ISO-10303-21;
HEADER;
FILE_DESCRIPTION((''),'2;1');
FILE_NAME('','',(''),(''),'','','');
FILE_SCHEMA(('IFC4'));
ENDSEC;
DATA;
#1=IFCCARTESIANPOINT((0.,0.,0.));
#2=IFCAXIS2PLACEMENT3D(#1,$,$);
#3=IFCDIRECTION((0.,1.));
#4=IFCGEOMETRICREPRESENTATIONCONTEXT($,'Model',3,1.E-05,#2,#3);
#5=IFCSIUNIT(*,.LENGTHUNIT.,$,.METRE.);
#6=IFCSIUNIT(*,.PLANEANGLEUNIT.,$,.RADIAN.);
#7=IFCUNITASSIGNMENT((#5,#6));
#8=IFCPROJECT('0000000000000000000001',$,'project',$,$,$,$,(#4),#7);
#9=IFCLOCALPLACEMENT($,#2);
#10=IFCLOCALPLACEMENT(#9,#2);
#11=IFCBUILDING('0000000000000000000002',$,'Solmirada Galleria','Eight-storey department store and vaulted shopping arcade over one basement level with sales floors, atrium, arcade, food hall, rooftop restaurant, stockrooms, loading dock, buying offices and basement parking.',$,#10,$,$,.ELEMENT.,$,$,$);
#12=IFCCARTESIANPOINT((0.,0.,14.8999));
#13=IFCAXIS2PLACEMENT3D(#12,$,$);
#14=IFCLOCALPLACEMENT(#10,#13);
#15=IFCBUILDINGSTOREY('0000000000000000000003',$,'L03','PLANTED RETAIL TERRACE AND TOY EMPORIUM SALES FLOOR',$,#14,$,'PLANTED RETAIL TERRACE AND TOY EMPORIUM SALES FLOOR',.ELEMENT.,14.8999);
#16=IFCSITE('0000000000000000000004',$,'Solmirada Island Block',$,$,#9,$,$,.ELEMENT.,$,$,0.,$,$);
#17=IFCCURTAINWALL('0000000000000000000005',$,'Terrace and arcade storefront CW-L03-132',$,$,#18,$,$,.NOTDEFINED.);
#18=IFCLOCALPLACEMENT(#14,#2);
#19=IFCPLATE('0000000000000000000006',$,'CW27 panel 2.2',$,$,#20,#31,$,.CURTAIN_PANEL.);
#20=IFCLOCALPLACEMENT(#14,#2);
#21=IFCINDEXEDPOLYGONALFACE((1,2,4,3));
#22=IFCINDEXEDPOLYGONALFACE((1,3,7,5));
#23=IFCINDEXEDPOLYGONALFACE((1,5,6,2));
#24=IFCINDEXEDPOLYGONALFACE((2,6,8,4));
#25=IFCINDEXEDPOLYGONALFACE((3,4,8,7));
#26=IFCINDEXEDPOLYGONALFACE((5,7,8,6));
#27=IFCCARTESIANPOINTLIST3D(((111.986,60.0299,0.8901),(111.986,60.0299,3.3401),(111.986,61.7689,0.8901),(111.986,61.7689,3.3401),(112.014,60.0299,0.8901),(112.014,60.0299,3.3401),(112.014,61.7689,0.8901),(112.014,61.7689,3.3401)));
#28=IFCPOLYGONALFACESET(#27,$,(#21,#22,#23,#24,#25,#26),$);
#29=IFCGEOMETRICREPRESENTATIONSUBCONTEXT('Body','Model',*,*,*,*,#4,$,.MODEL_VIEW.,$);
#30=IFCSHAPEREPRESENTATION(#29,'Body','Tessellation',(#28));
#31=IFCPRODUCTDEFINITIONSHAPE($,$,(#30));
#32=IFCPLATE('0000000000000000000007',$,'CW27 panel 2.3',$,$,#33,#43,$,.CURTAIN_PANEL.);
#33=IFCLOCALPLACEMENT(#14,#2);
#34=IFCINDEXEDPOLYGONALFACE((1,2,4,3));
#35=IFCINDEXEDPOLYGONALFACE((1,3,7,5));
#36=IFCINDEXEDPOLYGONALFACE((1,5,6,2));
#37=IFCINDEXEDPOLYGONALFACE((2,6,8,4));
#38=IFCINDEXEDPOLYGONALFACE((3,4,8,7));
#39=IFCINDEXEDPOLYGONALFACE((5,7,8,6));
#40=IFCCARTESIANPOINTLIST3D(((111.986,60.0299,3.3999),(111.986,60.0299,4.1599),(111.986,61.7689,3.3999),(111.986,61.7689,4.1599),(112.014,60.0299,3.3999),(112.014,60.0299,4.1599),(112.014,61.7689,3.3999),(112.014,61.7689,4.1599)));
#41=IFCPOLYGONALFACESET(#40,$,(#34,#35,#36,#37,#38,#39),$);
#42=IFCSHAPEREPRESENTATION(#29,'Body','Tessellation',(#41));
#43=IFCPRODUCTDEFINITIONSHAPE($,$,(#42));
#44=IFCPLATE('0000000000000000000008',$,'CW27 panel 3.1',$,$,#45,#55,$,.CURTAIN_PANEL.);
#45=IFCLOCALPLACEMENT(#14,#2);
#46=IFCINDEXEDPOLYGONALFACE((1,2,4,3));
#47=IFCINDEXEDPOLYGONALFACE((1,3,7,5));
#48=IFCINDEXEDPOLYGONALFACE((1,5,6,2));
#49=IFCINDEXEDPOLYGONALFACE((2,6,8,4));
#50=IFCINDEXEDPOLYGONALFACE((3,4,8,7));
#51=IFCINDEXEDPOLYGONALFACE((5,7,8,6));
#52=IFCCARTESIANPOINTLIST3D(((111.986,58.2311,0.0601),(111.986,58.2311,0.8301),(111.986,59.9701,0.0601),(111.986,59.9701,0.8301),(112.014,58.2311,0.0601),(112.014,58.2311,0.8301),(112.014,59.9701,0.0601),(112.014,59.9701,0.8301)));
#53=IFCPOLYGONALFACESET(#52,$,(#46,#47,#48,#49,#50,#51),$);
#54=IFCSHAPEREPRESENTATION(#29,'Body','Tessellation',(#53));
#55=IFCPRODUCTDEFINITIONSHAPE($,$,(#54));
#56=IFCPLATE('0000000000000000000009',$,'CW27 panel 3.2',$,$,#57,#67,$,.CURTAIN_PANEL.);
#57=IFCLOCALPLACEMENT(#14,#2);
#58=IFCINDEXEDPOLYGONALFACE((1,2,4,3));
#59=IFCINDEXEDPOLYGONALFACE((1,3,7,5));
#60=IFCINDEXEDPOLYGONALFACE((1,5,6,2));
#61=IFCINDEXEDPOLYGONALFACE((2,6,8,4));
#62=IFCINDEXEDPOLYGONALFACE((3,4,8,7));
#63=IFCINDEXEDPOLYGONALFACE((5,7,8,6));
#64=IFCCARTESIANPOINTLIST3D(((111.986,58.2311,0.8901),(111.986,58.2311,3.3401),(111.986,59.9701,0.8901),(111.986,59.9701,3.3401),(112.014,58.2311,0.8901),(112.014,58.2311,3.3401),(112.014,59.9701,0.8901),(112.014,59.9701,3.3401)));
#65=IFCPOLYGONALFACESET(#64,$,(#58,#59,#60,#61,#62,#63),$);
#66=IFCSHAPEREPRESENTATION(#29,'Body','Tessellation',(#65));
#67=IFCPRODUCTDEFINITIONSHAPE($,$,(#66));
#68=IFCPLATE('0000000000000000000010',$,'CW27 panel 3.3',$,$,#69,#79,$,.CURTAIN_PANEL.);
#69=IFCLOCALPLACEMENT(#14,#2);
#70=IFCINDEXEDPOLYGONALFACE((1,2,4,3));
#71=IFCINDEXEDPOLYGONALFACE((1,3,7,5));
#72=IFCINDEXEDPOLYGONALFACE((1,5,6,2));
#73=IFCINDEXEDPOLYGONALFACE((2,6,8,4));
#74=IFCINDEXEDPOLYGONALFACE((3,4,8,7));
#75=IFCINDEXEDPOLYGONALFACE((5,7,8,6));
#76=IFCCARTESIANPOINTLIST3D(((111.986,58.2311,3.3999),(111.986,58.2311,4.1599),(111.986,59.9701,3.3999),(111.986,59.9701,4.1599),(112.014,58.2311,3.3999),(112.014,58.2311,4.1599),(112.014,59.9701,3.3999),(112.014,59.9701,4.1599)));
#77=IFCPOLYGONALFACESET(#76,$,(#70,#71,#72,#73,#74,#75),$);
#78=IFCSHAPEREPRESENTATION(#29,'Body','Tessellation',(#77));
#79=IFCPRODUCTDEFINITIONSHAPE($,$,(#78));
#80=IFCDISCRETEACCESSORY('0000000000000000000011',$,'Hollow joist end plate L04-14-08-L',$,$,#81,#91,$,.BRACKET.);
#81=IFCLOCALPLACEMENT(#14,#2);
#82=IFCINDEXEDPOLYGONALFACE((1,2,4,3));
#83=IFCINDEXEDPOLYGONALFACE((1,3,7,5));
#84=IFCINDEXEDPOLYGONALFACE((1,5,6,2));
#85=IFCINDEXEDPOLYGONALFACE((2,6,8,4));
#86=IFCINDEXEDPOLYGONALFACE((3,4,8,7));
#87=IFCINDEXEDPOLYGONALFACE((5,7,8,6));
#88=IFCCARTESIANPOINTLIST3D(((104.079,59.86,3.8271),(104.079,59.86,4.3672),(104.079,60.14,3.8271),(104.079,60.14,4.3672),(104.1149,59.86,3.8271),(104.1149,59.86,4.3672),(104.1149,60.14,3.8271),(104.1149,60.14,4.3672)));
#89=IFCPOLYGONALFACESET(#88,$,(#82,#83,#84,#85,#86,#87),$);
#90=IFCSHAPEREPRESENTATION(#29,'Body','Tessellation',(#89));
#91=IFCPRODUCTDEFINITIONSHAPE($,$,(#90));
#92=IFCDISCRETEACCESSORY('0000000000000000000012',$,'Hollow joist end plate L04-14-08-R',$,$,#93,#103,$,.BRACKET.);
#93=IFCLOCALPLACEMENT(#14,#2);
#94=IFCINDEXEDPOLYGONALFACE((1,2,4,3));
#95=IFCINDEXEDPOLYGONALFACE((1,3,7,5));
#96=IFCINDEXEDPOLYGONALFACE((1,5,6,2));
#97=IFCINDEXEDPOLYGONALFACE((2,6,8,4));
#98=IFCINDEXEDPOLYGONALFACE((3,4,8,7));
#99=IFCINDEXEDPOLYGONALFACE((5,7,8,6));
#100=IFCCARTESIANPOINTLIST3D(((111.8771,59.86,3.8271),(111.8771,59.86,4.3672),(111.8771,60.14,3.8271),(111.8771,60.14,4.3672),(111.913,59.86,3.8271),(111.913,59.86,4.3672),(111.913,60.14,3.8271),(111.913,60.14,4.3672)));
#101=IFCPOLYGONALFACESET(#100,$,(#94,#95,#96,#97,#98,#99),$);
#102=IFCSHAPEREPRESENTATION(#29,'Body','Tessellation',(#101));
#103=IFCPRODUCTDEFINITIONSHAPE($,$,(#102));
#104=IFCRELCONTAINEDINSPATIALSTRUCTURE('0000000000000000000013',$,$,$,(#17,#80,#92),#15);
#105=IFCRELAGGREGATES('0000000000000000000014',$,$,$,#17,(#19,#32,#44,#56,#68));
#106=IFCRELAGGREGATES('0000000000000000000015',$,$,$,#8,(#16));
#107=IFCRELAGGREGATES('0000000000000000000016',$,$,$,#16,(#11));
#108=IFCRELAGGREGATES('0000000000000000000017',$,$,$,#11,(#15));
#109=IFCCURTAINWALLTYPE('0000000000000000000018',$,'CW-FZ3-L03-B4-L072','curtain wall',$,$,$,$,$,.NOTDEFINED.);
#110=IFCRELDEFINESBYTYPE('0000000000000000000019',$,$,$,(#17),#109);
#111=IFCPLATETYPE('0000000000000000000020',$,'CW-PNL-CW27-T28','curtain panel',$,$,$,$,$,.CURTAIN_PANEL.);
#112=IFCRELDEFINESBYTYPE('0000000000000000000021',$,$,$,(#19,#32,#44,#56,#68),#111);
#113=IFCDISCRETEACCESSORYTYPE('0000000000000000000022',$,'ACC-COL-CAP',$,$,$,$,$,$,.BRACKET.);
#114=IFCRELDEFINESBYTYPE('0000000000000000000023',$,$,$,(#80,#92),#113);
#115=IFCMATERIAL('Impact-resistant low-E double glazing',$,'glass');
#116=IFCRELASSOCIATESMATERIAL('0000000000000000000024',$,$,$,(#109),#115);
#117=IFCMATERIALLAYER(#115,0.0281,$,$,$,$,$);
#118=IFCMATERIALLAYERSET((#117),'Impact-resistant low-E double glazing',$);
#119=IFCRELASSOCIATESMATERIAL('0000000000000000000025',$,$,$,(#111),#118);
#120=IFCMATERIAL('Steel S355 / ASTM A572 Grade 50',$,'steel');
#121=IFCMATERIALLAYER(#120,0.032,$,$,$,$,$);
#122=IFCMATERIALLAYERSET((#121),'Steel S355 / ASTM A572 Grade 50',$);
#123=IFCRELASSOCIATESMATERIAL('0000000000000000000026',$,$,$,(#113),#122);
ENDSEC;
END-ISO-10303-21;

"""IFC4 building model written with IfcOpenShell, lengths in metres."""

from ifc_helpers import new_model, si_unit, direction, frame, origin, origin_2d, place, context, subcontext, project, spatial, rectangle, extrude, material, layer, layer_set, type_object, element, aggregate, save


model = new_model("IFC4")

# Units and contexts
model_context = context("Model", 3, precision=1e-05, world=origin(), true_north=direction((0.0, 1.0)))
body_context = subcontext(model_context, "Body", "Model", "MODEL_VIEW")
ifc_project = project(units=[si_unit("LENGTHUNIT", "METRE"), si_unit("PLANEANGLEUNIT", "RADIAN")], contexts=[model_context])

# Site, building, storey
site_placement = place(None, origin())
site = spatial("IfcSite", under=ifc_project, at=site_placement, Name="Solmirada Island Block", CompositionType="ELEMENT", RefElevation=0.0)
building_placement = place(site_placement, origin())
building = spatial("IfcBuilding", under=site, at=building_placement, Name="Solmirada Galleria", Description="Eight-storey department store and vaulted shopping arcade over one basement level with sales floors, atrium, arcade, food hall, rooftop restaurant, stockrooms, loading dock, buying offices and basement parking.", CompositionType="ELEMENT")
storey_placement = place(building_placement, frame((0.0, 0.0, 14.8999)))
storey = spatial("IfcBuildingStorey", under=building, at=storey_placement, Name="L03", Description="PLANTED RETAIL TERRACE AND TOY EMPORIUM SALES FLOOR", LongName="PLANTED RETAIL TERRACE AND TOY EMPORIUM SALES FLOOR", CompositionType="ELEMENT", Elevation=14.8999)

# Curtain wall, plates
ifc_material_1 = material(Name="Impact-resistant low-E double glazing", Category="glass")
curtain_wall_type = type_object("IfcCurtainWallType", Name="CW-FZ3-L03-B4-L072", Description="curtain wall", PredefinedType="NOTDEFINED", material=ifc_material_1)
curtain_wall_placement = place(storey_placement, origin())
curtain_wall = element("IfcCurtainWall", 1, at=curtain_wall_placement, inside=storey, type_object=curtain_wall_type, Name="Terrace and arcade storefront CW-L03-132", PredefinedType="NOTDEFINED")
ifc_layer_1 = layer(ifc_material_1, 0.0281)
ifc_layer_set_1 = layer_set([ifc_layer_1], Name="Impact-resistant low-E double glazing")
plate_type = type_object("IfcPlateType", Name="CW-PNL-CW27-T28", Description="curtain panel", PredefinedType="CURTAIN_PANEL", material=ifc_layer_set_1)
plate_1_placement = place(storey_placement, frame((112.0, 60.8994, 0.8901), z_axis=(0.0, 0.0, 1.0), x_axis=(0.0, -1.0, 0.0)))
plate_1 = element("IfcPlate", 2, at=plate_1_placement, type_object=plate_type, Name="CW27 panel 2.2", PredefinedType="CURTAIN_PANEL", context=body_context, shape_type="SweptSolid", body=[
    extrude(rectangle(XDim=1.739, YDim=0.0281, at=origin_2d()), origin(), (0.0, 0.0, 1.0), 2.45),
])
plate_2_placement = place(storey_placement, frame((112.0, 60.8994, 3.3999), z_axis=(0.0, 0.0, 1.0), x_axis=(0.0, -1.0, 0.0)))
plate_2 = element("IfcPlate", 3, at=plate_2_placement, type_object=plate_type, Name="CW27 panel 2.3", PredefinedType="CURTAIN_PANEL", context=body_context, shape_type="SweptSolid", body=[
    extrude(rectangle(XDim=1.739, YDim=0.0281, at=origin_2d()), origin(), (0.0, 0.0, 1.0), 0.76),
])
plate_3_placement = place(storey_placement, frame((112.0, 59.1006, 0.0601), z_axis=(0.0, 0.0, 1.0), x_axis=(0.0, -1.0, 0.0)))
plate_3 = element("IfcPlate", 4, at=plate_3_placement, type_object=plate_type, Name="CW27 panel 3.1", PredefinedType="CURTAIN_PANEL", context=body_context, shape_type="SweptSolid", body=[
    extrude(rectangle(XDim=1.739, YDim=0.0281, at=origin_2d()), origin(), (0.0, 0.0, 1.0), 0.77),
])
plate_4_placement = place(storey_placement, frame((112.0, 59.1006, 0.8901), z_axis=(0.0, 0.0, 1.0), x_axis=(0.0, -1.0, 0.0)))
plate_4 = element("IfcPlate", 5, at=plate_4_placement, type_object=plate_type, Name="CW27 panel 3.2", PredefinedType="CURTAIN_PANEL", context=body_context, shape_type="SweptSolid", body=[
    extrude(rectangle(XDim=1.739, YDim=0.0281, at=origin_2d()), origin(), (0.0, 0.0, 1.0), 2.45),
])
plate_5_placement = place(storey_placement, frame((112.0, 59.1006, 3.3999), z_axis=(0.0, 0.0, 1.0), x_axis=(0.0, -1.0, 0.0)))
plate_5 = element("IfcPlate", 6, at=plate_5_placement, type_object=plate_type, Name="CW27 panel 3.3", PredefinedType="CURTAIN_PANEL", context=body_context, shape_type="SweptSolid", body=[
    extrude(rectangle(XDim=1.739, YDim=0.0281, at=origin_2d()), origin(), (0.0, 0.0, 1.0), 0.76),
])
aggregate(curtain_wall, [plate_1, plate_2, plate_3, plate_4, plate_5])

# Discrete accessories
ifc_material_2 = material(Name="Steel S355 / ASTM A572 Grade 50", Category="steel")
ifc_layer_2 = layer(ifc_material_2, 0.032)
ifc_layer_set_2 = layer_set([ifc_layer_2], Name="Steel S355 / ASTM A572 Grade 50")
discrete_accessory_type = type_object("IfcDiscreteAccessoryType", Name="ACC-COL-CAP", PredefinedType="BRACKET", material=ifc_layer_set_2)
for number, where, z_axis, x_axis, name in (
    (7, (104.0969, 60.0, 3.8271), (0.0, 0.0, 1.0), (1.0, 0.0, 0.0), "Hollow joist end plate L04-14-08-L"),
    (8, (111.895, 60.0, 3.8271), (0.0, 0.0, 1.0), (1.0, 0.0, 0.0), "Hollow joist end plate L04-14-08-R"),
):
    element("IfcDiscreteAccessory", number, at=place(storey_placement, frame(where, z_axis=z_axis, x_axis=x_axis)), inside=storey, type_object=discrete_accessory_type, Name=name, PredefinedType="BRACKET", context=body_context, shape_type="SweptSolid", body=[
        extrude(rectangle(XDim=0.0359, YDim=0.28, at=origin_2d()), origin(), (0.0, 0.0, 1.0), 0.54),
    ])

save(model, "model.ifc")
